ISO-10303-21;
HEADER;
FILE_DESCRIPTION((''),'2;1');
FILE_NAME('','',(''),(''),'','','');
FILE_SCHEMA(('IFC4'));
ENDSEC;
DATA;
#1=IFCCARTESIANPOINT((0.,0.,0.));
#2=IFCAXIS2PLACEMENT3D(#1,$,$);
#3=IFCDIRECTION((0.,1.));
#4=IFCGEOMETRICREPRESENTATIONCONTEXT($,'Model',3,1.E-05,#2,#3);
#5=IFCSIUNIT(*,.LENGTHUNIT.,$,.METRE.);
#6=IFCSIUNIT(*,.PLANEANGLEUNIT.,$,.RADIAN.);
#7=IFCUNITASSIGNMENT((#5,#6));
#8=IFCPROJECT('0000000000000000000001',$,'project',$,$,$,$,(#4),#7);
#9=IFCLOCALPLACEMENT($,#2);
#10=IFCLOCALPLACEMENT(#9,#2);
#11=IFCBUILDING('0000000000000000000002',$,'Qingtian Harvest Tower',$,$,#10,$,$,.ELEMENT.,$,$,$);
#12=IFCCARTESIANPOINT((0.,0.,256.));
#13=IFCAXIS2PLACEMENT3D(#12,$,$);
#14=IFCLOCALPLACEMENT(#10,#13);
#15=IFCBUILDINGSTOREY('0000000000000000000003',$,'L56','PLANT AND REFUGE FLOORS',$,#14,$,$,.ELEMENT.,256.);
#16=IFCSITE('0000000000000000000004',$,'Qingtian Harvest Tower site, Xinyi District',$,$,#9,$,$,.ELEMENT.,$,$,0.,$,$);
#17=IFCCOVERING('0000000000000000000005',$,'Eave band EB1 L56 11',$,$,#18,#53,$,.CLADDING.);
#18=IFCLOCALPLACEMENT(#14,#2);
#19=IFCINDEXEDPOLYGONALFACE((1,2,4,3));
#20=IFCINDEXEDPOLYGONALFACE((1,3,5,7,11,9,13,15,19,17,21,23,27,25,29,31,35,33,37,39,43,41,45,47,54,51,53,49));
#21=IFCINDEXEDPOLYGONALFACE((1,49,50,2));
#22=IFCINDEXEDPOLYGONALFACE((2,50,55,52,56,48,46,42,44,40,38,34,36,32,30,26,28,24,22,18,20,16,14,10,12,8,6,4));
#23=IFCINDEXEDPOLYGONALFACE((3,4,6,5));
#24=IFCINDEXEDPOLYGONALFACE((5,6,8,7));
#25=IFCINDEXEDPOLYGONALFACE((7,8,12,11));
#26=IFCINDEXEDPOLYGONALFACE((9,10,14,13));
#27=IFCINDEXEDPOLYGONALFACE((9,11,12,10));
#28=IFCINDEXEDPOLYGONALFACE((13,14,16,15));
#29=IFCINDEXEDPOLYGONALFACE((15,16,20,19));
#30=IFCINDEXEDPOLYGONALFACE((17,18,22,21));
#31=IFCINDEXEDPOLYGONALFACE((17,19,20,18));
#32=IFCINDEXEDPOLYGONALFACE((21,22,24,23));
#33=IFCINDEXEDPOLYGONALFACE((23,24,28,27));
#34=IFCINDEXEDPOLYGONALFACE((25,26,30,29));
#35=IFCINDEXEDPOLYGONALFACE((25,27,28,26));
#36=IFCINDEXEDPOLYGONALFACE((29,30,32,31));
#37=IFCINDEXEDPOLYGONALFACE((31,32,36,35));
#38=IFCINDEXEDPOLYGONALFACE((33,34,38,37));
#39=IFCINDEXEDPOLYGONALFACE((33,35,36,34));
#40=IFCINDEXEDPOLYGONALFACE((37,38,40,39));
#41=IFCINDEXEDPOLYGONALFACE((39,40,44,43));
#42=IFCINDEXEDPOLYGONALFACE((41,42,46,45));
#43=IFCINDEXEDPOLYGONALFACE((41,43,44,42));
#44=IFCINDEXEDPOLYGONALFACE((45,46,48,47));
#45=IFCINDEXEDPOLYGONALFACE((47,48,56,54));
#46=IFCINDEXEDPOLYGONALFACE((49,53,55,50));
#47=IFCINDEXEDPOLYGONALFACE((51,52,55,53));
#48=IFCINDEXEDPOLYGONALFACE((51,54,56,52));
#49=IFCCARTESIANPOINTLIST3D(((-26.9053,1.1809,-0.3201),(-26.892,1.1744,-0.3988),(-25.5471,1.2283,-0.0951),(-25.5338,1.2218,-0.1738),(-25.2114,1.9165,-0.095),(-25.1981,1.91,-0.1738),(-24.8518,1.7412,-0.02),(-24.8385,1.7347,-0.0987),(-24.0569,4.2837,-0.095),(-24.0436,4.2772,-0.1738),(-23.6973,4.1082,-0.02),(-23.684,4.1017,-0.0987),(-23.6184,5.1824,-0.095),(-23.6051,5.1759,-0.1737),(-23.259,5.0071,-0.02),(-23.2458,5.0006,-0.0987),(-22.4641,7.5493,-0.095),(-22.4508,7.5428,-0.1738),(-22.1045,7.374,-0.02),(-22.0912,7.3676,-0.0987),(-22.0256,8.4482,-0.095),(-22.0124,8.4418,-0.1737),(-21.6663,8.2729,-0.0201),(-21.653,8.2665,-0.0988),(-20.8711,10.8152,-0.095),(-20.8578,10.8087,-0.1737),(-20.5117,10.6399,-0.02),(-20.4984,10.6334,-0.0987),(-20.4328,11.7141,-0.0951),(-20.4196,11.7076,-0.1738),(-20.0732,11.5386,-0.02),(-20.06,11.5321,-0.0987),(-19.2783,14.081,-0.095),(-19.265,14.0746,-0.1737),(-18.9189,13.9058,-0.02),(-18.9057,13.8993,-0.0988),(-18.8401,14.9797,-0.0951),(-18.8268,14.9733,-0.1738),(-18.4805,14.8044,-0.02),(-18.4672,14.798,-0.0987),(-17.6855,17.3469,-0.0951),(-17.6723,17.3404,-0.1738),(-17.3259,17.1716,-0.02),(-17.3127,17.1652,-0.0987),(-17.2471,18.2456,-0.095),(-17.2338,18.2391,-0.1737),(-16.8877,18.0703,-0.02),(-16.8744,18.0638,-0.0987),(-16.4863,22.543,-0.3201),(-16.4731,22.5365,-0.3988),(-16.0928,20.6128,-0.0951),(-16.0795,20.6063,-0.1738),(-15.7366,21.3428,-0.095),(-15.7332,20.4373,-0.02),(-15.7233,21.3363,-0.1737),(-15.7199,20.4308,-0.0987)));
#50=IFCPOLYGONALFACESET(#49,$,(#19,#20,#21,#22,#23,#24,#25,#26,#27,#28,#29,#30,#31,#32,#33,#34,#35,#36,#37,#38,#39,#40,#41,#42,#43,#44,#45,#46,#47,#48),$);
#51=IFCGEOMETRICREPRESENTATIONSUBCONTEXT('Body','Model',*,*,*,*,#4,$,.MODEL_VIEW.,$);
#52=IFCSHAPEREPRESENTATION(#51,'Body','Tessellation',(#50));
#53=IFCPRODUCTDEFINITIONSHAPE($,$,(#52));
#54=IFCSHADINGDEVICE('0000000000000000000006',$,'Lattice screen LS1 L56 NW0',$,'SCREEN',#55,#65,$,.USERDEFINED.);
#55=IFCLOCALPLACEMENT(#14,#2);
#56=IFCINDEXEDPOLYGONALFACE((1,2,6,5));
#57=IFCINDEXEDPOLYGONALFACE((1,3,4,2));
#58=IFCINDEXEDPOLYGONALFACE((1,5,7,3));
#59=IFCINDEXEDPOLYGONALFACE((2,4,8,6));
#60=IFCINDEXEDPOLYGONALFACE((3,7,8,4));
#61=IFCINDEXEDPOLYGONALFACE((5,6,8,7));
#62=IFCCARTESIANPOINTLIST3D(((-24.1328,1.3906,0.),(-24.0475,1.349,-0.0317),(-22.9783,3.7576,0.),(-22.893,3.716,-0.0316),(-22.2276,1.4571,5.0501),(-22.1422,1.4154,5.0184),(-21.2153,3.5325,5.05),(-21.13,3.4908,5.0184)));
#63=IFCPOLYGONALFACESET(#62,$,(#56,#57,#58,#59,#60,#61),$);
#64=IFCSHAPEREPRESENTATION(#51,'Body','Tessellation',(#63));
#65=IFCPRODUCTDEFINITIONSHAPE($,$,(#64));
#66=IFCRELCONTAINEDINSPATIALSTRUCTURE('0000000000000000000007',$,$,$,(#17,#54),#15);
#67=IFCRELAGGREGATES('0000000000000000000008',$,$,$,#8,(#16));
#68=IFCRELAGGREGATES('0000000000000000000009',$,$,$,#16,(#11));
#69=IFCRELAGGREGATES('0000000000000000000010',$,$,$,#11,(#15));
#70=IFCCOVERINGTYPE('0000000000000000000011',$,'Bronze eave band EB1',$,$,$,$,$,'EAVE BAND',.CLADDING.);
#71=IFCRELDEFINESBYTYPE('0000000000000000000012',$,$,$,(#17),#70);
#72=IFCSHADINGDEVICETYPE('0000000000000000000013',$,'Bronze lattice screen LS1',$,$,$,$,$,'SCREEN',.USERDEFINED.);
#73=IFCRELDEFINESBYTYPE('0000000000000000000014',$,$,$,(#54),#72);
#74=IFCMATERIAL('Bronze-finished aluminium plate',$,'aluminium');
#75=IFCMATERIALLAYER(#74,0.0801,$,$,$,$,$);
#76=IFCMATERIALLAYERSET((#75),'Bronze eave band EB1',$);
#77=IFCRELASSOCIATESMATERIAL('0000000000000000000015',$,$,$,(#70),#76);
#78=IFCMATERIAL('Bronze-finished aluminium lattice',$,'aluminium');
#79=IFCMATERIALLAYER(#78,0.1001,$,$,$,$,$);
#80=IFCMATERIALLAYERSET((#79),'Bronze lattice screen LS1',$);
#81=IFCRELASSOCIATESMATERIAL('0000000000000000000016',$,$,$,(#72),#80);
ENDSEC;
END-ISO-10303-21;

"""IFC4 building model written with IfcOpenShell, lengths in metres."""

from ifc_helpers import new_model, si_unit, direction, frame, origin, place, context, subcontext, project, spatial, polyline, outline, extrude, material, layer, layer_set, type_object, element, save


model = new_model("IFC4")

# Units and contexts
model_context = context("Model", 3, precision=1e-05, world=origin(), true_north=direction((0.0, 1.0)))
body_context = subcontext(model_context, "Body", "Model", "MODEL_VIEW")
ifc_project = project(units=[si_unit("LENGTHUNIT", "METRE"), si_unit("PLANEANGLEUNIT", "RADIAN")], contexts=[model_context])

# Site, building, storey
site_placement = place(None, origin())
site = spatial("IfcSite", under=ifc_project, at=site_placement, Name="Qingtian Harvest Tower site, Xinyi District", CompositionType="ELEMENT", RefElevation=0.0)
building_placement = place(site_placement, origin())
building = spatial("IfcBuilding", under=site, at=building_placement, Name="Qingtian Harvest Tower", CompositionType="ELEMENT")
storey_placement = place(building_placement, frame((0.0, 0.0, 256.0)))
storey = spatial("IfcBuildingStorey", under=building, at=storey_placement, Name="L56", Description="PLANT AND REFUGE FLOORS", CompositionType="ELEMENT", Elevation=256.0)

# Covering
ifc_material_1 = material(Name="Bronze-finished aluminium plate", Category="aluminium")
ifc_layer_1 = layer(ifc_material_1, 0.0801)
ifc_layer_set_1 = layer_set([ifc_layer_1], Name="Bronze eave band EB1")
covering_type = type_object("IfcCoveringType", Name="Bronze eave band EB1", ElementType="EAVE BAND", PredefinedType="CLADDING", material=ifc_layer_set_1)
covering_placement = place(storey_placement, frame((-24.8518, 1.7412, -0.02), z_axis=(-0.165676, 0.080805, 0.982864), x_axis=(-0.883494, 0.430651, -0.184331)))
element("IfcCovering", 1, at=covering_placement, inside=storey, type_object=covering_type, Name="Eave band EB1 L56 11", PredefinedType="CLADDING", context=body_context, shape_type="SweptSolid", body=[
    extrude(outline(polyline([(0.0, 0.0), (0.407, 0.0), (0.4072, 0.7657), (1.6282, 1.4034), (1.6228, -22.3641), (0.402, -21.6137), (0.4023, -20.8015), (-0.0048, -20.8012), (-0.0041, -18.1677), (0.4027, -18.1678), (0.4031, -17.1679), (-0.0039, -17.1679), (-0.0033, -14.5342), (0.4037, -14.5342), (0.4038, -13.5343), (-0.003, -13.5342), (-0.0026, -10.9006), (0.4045, -10.9008), (0.4046, -9.9008), (-0.0022, -9.9007), (-0.0015, -7.2671), (0.4053, -7.2672), (0.4056, -6.2671), (-0.0015, -6.2671), (-0.0008, -3.6336), (0.4061, -3.6337), (0.4064, -2.6337), (-0.0007, -2.6335), (0.0, 0.0)])), origin(), (0.0, 0.0, -1.0), 0.0801),
])

# Shading device
ifc_material_2 = material(Name="Bronze-finished aluminium lattice", Category="aluminium")
ifc_layer_2 = layer(ifc_material_2, 0.1001)
ifc_layer_set_2 = layer_set([ifc_layer_2], Name="Bronze lattice screen LS1")
shading_device_type = type_object("IfcShadingDeviceType", Name="Bronze lattice screen LS1", ElementType="SCREEN", PredefinedType="USERDEFINED", material=ifc_layer_set_2)
shading_device_placement = place(storey_placement, frame((-24.1328, 1.3906, 0.0), z_axis=(-0.852671, 0.415886, 0.316213), x_axis=(0.438382, 0.898789, 0.000008)))
element("IfcShadingDevice", 2, at=shading_device_placement, inside=storey, type_object=shading_device_type, Name="Lattice screen LS1 L56 NW0", ObjectType="SCREEN", PredefinedType="USERDEFINED", context=body_context, shape_type="SweptSolid", body=[
    extrude(outline(polyline([(0.0, 0.0), (2.6335, 0.0), (3.2041, -5.3232), (0.895, -5.3232), (0.0, 0.0)])), origin(), (0.0, 0.0, -1.0), 0.1001),
])

save(model, "model.ifc")
